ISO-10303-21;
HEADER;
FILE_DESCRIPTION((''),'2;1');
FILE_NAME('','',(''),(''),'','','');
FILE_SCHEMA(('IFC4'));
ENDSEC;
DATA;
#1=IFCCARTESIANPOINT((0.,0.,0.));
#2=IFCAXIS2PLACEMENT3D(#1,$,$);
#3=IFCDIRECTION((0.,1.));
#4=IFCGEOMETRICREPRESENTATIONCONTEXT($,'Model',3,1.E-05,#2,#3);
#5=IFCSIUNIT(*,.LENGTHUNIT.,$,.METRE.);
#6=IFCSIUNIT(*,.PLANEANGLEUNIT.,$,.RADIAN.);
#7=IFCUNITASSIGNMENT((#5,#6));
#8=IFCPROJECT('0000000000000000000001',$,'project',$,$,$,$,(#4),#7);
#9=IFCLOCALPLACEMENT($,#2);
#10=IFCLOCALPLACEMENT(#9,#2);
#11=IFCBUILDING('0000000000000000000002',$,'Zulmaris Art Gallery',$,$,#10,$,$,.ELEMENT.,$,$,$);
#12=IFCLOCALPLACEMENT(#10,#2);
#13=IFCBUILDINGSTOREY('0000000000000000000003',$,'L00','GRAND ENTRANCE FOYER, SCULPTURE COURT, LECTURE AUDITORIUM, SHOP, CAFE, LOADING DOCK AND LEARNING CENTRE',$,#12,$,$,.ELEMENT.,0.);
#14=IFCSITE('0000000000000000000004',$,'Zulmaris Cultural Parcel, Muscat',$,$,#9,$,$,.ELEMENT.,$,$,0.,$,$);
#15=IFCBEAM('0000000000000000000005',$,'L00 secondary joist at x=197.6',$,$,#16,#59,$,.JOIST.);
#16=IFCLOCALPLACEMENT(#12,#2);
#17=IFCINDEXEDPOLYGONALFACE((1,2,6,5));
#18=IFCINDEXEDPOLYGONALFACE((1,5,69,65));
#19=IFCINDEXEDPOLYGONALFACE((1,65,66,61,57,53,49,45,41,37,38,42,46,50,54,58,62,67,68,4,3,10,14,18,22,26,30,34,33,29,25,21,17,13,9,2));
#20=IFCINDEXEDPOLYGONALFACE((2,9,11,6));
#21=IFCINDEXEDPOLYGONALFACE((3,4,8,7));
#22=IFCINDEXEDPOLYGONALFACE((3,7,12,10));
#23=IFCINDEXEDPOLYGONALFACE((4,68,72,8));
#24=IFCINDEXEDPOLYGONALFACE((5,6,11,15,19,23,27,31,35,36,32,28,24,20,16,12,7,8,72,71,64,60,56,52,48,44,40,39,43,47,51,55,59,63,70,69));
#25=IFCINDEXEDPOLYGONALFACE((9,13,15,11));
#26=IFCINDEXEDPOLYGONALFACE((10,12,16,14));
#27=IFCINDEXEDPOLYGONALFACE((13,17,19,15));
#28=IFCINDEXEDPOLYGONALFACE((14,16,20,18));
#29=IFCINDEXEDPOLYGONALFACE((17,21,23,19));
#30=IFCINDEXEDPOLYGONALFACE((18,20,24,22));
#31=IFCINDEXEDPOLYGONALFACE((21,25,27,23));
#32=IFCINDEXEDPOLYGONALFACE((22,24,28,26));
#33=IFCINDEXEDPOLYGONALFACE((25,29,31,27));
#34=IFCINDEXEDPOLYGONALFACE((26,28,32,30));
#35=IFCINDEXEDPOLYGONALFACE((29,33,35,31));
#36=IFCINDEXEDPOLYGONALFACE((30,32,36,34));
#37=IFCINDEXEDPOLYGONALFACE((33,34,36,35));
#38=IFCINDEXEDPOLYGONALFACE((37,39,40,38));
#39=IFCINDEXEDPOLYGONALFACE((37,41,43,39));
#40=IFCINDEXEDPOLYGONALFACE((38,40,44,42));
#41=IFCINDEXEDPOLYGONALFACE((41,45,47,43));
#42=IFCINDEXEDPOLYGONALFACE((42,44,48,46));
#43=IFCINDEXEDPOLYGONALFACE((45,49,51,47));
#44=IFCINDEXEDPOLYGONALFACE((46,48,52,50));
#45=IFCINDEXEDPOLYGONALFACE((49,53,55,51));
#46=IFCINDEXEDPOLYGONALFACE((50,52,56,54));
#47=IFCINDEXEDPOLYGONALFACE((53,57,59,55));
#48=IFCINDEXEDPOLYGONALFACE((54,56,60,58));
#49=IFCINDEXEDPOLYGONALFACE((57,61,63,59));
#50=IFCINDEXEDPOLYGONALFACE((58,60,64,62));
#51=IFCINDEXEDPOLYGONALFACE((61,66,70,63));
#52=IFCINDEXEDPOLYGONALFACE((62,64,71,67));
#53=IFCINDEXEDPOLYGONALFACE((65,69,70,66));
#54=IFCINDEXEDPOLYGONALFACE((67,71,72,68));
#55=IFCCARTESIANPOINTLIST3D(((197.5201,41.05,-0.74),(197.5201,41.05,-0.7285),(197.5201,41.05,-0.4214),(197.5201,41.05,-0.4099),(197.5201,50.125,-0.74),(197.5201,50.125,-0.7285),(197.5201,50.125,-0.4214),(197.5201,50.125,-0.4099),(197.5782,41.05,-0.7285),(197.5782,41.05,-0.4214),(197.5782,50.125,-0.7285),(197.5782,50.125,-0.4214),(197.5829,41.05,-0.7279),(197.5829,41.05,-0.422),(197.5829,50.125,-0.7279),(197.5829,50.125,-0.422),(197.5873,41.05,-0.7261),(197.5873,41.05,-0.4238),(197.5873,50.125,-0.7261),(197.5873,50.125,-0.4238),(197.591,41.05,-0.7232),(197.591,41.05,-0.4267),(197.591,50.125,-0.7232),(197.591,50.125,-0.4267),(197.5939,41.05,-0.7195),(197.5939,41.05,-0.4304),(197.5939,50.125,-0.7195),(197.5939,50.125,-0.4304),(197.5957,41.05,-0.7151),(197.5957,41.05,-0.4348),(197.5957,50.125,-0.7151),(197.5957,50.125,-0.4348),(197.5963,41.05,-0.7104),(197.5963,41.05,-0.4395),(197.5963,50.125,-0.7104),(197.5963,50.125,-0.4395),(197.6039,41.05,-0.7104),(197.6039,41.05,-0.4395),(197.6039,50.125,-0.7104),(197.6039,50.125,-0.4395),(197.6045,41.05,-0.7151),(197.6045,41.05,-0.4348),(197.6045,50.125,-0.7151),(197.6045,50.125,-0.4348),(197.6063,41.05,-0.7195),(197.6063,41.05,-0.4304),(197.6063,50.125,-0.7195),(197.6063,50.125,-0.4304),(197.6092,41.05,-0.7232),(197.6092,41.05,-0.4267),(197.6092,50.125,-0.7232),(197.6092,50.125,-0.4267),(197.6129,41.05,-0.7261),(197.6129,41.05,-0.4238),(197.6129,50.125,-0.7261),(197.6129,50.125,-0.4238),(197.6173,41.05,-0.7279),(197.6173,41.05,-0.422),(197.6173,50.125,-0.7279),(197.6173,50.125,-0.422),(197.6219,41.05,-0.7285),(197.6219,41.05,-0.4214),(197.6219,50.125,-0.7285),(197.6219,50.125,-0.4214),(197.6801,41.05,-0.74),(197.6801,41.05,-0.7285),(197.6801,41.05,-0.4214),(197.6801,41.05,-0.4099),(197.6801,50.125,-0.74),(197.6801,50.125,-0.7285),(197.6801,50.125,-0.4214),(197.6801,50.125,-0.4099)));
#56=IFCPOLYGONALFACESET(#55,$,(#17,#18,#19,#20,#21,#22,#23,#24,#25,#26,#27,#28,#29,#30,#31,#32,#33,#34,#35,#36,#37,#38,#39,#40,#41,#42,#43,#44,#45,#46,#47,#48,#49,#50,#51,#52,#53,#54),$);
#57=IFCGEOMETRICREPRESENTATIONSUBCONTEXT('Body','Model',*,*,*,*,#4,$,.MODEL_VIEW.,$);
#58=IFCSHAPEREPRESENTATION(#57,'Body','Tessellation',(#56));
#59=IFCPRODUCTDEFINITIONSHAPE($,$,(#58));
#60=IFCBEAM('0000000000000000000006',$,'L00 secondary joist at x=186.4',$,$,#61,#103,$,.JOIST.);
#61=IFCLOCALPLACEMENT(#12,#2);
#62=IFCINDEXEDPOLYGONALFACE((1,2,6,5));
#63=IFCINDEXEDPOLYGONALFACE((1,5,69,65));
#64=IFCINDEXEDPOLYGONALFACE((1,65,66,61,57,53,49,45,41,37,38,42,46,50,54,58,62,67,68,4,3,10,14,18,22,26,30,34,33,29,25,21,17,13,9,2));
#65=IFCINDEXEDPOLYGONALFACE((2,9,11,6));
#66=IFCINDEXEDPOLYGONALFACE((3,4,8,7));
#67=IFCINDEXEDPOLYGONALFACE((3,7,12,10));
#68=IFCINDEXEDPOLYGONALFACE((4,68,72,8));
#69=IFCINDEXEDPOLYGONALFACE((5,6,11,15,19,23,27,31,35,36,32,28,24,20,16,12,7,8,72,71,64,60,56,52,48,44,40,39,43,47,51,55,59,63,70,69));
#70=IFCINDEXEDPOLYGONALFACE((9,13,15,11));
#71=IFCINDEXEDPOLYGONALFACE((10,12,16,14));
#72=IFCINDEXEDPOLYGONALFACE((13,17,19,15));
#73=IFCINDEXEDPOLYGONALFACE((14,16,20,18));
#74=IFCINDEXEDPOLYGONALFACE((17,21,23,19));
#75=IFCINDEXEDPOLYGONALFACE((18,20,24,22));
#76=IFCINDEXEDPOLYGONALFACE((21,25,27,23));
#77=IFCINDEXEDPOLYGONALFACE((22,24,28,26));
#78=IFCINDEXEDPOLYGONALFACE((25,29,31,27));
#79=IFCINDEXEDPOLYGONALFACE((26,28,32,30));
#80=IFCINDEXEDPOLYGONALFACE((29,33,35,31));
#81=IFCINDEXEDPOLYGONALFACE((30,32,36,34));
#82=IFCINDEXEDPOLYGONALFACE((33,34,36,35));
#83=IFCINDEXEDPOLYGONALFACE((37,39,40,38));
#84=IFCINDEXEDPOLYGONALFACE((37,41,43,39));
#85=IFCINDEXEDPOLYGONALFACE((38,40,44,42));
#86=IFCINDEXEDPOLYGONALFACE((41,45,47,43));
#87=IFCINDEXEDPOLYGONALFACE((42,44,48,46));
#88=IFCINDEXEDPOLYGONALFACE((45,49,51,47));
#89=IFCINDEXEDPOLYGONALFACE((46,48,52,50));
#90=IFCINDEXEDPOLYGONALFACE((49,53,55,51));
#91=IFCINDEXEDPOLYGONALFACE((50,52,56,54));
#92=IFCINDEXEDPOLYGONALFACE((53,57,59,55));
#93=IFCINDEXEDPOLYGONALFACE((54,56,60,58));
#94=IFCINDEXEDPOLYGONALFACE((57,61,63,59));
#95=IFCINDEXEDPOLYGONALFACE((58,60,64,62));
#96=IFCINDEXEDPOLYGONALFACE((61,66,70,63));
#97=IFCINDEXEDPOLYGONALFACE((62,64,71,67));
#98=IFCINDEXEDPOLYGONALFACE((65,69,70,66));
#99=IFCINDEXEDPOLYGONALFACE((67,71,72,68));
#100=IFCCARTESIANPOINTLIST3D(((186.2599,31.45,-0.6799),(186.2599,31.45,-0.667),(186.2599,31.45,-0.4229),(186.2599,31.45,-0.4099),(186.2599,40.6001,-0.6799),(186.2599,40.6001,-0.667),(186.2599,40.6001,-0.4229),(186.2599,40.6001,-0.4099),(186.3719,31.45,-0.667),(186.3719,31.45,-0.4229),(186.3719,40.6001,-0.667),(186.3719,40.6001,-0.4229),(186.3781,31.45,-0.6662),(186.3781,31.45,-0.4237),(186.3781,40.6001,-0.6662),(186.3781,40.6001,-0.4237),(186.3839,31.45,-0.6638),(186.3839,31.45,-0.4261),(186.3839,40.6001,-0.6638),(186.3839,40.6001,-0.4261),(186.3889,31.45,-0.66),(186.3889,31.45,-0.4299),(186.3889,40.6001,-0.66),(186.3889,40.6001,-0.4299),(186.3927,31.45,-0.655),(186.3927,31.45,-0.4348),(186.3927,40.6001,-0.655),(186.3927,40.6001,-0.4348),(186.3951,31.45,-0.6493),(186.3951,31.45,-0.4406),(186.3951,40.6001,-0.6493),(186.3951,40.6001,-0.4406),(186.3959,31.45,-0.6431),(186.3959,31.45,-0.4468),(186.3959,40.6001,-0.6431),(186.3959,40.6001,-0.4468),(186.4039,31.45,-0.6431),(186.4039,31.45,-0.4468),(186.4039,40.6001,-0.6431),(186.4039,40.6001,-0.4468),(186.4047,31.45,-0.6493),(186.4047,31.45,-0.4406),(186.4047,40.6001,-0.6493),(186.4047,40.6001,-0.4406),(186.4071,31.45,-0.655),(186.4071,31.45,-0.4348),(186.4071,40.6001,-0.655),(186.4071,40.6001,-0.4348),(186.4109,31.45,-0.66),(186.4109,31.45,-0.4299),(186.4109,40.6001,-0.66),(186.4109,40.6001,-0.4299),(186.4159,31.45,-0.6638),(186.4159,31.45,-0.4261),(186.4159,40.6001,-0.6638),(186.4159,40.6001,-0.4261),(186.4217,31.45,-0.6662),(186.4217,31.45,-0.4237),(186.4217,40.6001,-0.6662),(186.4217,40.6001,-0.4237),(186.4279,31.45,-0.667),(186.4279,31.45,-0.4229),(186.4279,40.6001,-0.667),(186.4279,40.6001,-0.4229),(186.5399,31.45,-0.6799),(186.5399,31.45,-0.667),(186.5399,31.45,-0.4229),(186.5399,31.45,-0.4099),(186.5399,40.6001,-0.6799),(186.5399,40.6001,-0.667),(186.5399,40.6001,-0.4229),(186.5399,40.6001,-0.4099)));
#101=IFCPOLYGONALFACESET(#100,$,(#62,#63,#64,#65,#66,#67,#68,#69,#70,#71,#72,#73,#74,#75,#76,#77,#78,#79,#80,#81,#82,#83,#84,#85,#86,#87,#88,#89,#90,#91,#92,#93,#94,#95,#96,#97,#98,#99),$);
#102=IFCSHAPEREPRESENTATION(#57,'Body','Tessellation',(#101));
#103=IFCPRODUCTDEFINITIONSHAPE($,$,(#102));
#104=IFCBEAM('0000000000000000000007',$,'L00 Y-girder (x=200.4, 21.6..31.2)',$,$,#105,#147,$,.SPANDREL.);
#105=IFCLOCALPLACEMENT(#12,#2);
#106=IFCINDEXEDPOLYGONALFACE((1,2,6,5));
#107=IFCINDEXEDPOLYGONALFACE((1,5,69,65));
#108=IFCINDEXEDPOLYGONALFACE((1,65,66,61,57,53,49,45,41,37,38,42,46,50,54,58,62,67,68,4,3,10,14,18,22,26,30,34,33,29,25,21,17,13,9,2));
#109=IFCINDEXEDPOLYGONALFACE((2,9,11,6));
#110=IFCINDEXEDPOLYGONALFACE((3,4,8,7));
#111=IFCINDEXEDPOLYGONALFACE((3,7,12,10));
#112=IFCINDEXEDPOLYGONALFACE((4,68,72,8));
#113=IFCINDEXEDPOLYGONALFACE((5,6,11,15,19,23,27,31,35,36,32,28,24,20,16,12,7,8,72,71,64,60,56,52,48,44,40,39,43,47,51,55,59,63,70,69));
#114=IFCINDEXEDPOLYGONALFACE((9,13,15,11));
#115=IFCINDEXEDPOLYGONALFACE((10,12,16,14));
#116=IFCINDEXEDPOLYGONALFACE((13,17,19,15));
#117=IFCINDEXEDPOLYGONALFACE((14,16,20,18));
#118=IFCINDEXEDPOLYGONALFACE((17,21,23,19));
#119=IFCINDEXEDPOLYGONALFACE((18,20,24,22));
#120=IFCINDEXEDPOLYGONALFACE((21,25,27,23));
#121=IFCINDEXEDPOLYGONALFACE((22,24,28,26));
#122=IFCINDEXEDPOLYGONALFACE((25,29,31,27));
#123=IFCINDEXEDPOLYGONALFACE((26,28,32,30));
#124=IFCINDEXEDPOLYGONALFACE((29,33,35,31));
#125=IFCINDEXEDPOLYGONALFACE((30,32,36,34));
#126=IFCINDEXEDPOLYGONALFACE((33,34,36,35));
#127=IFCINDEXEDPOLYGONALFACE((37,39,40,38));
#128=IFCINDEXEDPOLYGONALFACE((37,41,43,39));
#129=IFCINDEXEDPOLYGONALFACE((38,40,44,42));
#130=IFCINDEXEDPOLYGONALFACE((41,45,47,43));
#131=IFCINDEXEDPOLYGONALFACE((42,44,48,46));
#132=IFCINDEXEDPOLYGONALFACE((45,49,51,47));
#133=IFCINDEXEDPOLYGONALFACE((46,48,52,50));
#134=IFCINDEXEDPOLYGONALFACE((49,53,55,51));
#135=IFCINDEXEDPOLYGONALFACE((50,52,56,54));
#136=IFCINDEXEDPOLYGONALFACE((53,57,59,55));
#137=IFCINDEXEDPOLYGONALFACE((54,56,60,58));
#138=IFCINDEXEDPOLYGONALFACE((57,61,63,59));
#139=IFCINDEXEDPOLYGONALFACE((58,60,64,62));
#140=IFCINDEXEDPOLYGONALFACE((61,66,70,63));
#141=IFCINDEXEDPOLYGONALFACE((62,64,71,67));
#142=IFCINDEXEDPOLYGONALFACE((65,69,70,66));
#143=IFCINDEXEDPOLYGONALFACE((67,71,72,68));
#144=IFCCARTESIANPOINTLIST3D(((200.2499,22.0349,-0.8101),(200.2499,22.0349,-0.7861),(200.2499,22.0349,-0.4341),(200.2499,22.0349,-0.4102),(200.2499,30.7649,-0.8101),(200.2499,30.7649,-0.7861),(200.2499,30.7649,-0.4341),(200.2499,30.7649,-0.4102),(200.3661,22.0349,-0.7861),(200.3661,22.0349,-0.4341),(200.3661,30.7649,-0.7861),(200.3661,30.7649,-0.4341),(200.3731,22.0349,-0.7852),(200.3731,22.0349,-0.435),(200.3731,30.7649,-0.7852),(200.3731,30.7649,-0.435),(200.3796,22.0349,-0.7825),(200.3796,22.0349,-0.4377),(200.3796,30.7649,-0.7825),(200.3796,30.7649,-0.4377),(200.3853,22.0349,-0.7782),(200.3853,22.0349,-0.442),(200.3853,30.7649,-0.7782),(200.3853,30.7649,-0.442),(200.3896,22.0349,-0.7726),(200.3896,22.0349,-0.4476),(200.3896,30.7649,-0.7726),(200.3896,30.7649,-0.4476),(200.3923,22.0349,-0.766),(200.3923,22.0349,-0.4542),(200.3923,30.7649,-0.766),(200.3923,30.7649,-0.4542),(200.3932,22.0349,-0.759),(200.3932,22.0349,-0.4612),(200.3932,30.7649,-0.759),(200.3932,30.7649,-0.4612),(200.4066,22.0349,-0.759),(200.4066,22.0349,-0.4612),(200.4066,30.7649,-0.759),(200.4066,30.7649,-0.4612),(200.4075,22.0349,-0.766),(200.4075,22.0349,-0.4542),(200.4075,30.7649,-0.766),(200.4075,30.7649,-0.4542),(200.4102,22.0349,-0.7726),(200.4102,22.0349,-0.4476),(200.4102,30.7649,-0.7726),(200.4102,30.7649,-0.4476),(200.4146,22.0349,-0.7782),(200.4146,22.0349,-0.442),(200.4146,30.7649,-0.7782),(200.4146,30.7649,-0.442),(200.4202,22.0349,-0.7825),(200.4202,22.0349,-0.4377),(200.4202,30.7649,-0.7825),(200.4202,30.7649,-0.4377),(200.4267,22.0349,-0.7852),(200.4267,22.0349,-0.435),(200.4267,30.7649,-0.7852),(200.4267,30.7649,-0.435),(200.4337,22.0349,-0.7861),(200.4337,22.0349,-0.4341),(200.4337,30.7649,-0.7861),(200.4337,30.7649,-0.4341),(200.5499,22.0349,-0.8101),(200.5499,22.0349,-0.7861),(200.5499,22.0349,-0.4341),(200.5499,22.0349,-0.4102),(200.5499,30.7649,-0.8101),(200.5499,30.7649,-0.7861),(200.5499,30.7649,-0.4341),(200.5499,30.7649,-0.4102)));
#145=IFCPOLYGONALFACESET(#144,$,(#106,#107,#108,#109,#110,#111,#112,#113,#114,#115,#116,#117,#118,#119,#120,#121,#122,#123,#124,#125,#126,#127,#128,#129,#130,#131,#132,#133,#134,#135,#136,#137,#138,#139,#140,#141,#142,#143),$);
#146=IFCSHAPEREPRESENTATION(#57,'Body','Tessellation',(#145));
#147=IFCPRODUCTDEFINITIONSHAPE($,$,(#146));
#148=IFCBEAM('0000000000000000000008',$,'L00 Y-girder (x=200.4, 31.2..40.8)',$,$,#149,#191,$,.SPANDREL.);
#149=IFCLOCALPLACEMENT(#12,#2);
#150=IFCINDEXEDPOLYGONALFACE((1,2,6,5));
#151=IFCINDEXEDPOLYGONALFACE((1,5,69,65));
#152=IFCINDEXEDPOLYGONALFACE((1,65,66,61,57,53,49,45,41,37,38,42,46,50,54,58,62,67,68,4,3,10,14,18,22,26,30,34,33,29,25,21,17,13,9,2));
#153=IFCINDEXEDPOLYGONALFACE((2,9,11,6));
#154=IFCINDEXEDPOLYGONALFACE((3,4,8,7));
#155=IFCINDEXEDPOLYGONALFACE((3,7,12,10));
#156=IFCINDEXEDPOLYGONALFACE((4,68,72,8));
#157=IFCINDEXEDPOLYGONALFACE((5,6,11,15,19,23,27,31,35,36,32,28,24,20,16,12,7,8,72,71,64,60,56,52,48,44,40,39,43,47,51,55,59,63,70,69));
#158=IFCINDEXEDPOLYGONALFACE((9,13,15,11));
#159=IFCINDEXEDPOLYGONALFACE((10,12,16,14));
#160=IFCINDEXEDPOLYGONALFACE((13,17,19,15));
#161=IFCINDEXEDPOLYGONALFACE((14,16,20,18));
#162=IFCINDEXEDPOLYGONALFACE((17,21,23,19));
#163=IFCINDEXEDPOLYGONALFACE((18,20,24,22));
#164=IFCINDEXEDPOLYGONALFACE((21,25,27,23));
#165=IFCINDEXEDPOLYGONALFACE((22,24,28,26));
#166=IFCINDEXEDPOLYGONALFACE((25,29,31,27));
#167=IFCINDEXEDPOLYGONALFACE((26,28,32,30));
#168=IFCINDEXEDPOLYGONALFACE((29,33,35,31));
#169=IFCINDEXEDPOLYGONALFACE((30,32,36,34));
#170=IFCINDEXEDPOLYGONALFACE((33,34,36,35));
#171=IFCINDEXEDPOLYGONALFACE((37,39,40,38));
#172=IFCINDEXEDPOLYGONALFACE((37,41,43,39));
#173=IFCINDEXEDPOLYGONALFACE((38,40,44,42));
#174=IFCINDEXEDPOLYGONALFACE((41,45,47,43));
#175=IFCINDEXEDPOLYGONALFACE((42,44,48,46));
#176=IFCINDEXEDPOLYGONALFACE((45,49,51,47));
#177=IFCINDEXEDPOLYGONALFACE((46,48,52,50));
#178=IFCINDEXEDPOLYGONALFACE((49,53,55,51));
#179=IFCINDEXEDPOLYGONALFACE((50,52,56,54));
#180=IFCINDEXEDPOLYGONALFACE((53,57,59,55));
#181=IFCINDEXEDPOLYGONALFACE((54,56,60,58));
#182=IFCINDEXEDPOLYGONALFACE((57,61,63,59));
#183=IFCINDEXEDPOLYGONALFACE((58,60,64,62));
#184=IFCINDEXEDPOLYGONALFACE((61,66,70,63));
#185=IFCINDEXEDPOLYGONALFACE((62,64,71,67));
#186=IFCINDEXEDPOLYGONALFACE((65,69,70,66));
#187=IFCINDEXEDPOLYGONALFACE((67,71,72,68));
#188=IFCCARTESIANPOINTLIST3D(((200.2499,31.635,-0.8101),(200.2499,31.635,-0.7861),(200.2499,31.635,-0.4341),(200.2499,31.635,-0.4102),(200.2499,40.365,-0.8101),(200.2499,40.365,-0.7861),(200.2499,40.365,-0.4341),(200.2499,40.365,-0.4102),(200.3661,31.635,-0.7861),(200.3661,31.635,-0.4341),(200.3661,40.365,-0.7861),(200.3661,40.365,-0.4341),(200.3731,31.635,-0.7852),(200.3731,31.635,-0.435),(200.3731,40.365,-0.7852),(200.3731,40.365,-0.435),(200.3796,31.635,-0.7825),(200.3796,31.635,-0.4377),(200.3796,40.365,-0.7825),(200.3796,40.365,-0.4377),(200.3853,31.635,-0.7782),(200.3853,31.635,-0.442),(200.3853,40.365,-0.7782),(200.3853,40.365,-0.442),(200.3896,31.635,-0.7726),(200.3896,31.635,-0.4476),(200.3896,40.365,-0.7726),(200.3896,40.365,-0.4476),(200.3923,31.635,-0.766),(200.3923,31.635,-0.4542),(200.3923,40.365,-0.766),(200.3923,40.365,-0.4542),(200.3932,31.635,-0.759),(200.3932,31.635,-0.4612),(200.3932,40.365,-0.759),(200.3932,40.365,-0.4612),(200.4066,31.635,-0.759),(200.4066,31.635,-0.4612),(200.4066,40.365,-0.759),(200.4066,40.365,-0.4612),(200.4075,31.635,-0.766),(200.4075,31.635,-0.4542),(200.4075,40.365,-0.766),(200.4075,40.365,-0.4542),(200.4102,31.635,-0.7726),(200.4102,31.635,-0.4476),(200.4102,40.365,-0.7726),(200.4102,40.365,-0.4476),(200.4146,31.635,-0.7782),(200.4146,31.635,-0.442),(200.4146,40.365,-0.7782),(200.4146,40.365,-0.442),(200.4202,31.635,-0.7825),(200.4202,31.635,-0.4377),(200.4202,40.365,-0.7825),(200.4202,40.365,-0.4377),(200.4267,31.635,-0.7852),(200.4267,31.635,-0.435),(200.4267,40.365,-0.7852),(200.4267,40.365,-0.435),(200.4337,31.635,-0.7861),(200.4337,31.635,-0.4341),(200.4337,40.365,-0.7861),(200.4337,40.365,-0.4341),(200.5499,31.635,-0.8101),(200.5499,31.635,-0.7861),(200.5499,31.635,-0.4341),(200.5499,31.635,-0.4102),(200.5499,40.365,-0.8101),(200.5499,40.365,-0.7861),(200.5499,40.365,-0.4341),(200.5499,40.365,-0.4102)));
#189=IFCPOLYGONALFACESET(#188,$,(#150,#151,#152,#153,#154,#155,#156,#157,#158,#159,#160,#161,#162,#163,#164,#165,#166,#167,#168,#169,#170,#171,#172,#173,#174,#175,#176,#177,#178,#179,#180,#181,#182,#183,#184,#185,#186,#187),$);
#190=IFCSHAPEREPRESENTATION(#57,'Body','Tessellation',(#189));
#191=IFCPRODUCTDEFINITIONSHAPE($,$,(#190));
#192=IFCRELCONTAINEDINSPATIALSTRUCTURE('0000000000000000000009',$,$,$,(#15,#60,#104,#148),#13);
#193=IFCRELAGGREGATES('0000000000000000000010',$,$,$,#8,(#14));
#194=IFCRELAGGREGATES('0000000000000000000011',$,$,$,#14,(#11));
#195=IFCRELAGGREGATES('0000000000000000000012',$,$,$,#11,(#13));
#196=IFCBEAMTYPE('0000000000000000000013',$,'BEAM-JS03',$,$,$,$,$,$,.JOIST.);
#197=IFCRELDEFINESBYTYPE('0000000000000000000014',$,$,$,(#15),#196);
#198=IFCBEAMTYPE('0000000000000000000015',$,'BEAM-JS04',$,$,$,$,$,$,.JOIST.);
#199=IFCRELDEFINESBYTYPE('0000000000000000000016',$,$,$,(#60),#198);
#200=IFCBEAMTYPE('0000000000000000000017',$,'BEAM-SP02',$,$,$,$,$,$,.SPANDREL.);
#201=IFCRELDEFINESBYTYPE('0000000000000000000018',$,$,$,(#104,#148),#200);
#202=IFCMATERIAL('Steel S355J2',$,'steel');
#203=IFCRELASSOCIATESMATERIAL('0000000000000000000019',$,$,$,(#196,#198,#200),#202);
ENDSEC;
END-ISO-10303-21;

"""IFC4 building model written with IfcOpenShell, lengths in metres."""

from ifc_helpers import new_model, si_unit, direction, frame, origin, origin_2d, place, context, subcontext, project, spatial, i_section, extrude, material, material_profile, profile_set, type_object, element, save


model = new_model("IFC4")

# Units and contexts
model_context = context("Model", 3, precision=1e-05, world=origin(), true_north=direction((0.0, 1.0)))
body_context = subcontext(model_context, "Body", "Model", "MODEL_VIEW")
ifc_project = project(units=[si_unit("LENGTHUNIT", "METRE"), si_unit("PLANEANGLEUNIT", "RADIAN")], contexts=[model_context])

# Site, building, storey
site_placement = place(None, origin())
site = spatial("IfcSite", under=ifc_project, at=site_placement, Name="Zulmaris Cultural Parcel, Muscat", CompositionType="ELEMENT", RefElevation=0.0)
building_placement = place(site_placement, origin())
building = spatial("IfcBuilding", under=site, at=building_placement, Name="Zulmaris Art Gallery", CompositionType="ELEMENT")
storey_placement = place(building_placement, origin())
storey = spatial("IfcBuildingStorey", under=building, at=storey_placement, Name="L00", Description="GRAND ENTRANCE FOYER, SCULPTURE COURT, LECTURE AUDITORIUM, SHOP, CAFE, LOADING DOCK AND LEARNING CENTRE", CompositionType="ELEMENT", Elevation=0.0)

# Beams
ifc_material_1 = material(Name="Steel S355J2", Category="steel")
ifc_material_profile_1 = material_profile(ifc_material_1, i_section(OverallWidth=0.1599, OverallDepth=0.3301, WebThickness=0.0076, FlangeThickness=0.0115, FilletRadius=0.0181, at=origin_2d()), Name="IPE 330")
ifc_profile_set_1 = profile_set([ifc_material_profile_1], Name="Steel S355J2")
beam_type_1 = type_object("IfcBeamType", Name="BEAM-JS03", PredefinedType="JOIST", material=ifc_profile_set_1)
beam_1_placement = place(storey_placement, frame((197.6001, 41.05, -0.575), z_axis=(0.0, 1.0, 0.0), x_axis=(-1.0, 0.0, 0.0)))
element("IfcBeam", 1, at=beam_1_placement, inside=storey, type_object=beam_type_1, Name="L00 secondary joist at x=197.6", PredefinedType="JOIST", context=body_context, shape_type="SweptSolid", body=[
    extrude(i_section(OverallWidth=0.1599, OverallDepth=0.3301, WebThickness=0.0076, FlangeThickness=0.0115, FilletRadius=0.0181, at=origin_2d()), origin(), (0.0, 0.0, 1.0), 9.075),
])
ifc_material_profile_2 = material_profile(ifc_material_1, i_section(OverallWidth=0.28, OverallDepth=0.27, WebThickness=0.0081, FlangeThickness=0.0129, FilletRadius=0.0239, at=origin_2d()), Name="HEA 280")
ifc_profile_set_2 = profile_set([ifc_material_profile_2], Name="Steel S355J2")
beam_type_2 = type_object("IfcBeamType", Name="BEAM-JS04", PredefinedType="JOIST", material=ifc_profile_set_2)
beam_2_placement = place(storey_placement, frame((186.3999, 31.45, -0.5449), z_axis=(0.0, 1.0, 0.0), x_axis=(-1.0, 0.0, 0.0)))
element("IfcBeam", 2, at=beam_2_placement, inside=storey, type_object=beam_type_2, Name="L00 secondary joist at x=186.4", PredefinedType="JOIST", context=body_context, shape_type="SweptSolid", body=[
    extrude(i_section(OverallWidth=0.28, OverallDepth=0.27, WebThickness=0.0081, FlangeThickness=0.0129, FilletRadius=0.0239, at=origin_2d()), origin(), (0.0, 0.0, 1.0), 9.1501),
])
ifc_material_profile_3 = material_profile(ifc_material_1, i_section(OverallWidth=0.3, OverallDepth=0.3999, WebThickness=0.0134, FlangeThickness=0.0239, FilletRadius=0.0271, at=origin_2d()), Name="HEB 400")
ifc_profile_set_3 = profile_set([ifc_material_profile_3], Name="Steel S355J2")
beam_type_3 = type_object("IfcBeamType", Name="BEAM-SP02", PredefinedType="SPANDREL", material=ifc_profile_set_3)
for number, where, z_axis, x_axis, name in (
    (3, (200.3999, 22.0349, -0.6101), (0.0, 1.0, 0.0), (-1.0, 0.0, 0.0), "L00 Y-girder (x=200.4, 21.6..31.2)"),
    (4, (200.3999, 31.635, -0.6101), (0.0, 1.0, 0.0), (-1.0, 0.0, 0.0), "L00 Y-girder (x=200.4, 31.2..40.8)"),
):
    element("IfcBeam", number, at=place(storey_placement, frame(where, z_axis=z_axis, x_axis=x_axis)), inside=storey, type_object=beam_type_3, Name=name, PredefinedType="SPANDREL", context=body_context, shape_type="SweptSolid", body=[
        extrude(i_section(OverallWidth=0.3, OverallDepth=0.3999, WebThickness=0.0134, FlangeThickness=0.0239, FilletRadius=0.0271, at=origin_2d()), origin(), (0.0, 0.0, 1.0), 8.73),
    ])

save(model, "model.ifc")
